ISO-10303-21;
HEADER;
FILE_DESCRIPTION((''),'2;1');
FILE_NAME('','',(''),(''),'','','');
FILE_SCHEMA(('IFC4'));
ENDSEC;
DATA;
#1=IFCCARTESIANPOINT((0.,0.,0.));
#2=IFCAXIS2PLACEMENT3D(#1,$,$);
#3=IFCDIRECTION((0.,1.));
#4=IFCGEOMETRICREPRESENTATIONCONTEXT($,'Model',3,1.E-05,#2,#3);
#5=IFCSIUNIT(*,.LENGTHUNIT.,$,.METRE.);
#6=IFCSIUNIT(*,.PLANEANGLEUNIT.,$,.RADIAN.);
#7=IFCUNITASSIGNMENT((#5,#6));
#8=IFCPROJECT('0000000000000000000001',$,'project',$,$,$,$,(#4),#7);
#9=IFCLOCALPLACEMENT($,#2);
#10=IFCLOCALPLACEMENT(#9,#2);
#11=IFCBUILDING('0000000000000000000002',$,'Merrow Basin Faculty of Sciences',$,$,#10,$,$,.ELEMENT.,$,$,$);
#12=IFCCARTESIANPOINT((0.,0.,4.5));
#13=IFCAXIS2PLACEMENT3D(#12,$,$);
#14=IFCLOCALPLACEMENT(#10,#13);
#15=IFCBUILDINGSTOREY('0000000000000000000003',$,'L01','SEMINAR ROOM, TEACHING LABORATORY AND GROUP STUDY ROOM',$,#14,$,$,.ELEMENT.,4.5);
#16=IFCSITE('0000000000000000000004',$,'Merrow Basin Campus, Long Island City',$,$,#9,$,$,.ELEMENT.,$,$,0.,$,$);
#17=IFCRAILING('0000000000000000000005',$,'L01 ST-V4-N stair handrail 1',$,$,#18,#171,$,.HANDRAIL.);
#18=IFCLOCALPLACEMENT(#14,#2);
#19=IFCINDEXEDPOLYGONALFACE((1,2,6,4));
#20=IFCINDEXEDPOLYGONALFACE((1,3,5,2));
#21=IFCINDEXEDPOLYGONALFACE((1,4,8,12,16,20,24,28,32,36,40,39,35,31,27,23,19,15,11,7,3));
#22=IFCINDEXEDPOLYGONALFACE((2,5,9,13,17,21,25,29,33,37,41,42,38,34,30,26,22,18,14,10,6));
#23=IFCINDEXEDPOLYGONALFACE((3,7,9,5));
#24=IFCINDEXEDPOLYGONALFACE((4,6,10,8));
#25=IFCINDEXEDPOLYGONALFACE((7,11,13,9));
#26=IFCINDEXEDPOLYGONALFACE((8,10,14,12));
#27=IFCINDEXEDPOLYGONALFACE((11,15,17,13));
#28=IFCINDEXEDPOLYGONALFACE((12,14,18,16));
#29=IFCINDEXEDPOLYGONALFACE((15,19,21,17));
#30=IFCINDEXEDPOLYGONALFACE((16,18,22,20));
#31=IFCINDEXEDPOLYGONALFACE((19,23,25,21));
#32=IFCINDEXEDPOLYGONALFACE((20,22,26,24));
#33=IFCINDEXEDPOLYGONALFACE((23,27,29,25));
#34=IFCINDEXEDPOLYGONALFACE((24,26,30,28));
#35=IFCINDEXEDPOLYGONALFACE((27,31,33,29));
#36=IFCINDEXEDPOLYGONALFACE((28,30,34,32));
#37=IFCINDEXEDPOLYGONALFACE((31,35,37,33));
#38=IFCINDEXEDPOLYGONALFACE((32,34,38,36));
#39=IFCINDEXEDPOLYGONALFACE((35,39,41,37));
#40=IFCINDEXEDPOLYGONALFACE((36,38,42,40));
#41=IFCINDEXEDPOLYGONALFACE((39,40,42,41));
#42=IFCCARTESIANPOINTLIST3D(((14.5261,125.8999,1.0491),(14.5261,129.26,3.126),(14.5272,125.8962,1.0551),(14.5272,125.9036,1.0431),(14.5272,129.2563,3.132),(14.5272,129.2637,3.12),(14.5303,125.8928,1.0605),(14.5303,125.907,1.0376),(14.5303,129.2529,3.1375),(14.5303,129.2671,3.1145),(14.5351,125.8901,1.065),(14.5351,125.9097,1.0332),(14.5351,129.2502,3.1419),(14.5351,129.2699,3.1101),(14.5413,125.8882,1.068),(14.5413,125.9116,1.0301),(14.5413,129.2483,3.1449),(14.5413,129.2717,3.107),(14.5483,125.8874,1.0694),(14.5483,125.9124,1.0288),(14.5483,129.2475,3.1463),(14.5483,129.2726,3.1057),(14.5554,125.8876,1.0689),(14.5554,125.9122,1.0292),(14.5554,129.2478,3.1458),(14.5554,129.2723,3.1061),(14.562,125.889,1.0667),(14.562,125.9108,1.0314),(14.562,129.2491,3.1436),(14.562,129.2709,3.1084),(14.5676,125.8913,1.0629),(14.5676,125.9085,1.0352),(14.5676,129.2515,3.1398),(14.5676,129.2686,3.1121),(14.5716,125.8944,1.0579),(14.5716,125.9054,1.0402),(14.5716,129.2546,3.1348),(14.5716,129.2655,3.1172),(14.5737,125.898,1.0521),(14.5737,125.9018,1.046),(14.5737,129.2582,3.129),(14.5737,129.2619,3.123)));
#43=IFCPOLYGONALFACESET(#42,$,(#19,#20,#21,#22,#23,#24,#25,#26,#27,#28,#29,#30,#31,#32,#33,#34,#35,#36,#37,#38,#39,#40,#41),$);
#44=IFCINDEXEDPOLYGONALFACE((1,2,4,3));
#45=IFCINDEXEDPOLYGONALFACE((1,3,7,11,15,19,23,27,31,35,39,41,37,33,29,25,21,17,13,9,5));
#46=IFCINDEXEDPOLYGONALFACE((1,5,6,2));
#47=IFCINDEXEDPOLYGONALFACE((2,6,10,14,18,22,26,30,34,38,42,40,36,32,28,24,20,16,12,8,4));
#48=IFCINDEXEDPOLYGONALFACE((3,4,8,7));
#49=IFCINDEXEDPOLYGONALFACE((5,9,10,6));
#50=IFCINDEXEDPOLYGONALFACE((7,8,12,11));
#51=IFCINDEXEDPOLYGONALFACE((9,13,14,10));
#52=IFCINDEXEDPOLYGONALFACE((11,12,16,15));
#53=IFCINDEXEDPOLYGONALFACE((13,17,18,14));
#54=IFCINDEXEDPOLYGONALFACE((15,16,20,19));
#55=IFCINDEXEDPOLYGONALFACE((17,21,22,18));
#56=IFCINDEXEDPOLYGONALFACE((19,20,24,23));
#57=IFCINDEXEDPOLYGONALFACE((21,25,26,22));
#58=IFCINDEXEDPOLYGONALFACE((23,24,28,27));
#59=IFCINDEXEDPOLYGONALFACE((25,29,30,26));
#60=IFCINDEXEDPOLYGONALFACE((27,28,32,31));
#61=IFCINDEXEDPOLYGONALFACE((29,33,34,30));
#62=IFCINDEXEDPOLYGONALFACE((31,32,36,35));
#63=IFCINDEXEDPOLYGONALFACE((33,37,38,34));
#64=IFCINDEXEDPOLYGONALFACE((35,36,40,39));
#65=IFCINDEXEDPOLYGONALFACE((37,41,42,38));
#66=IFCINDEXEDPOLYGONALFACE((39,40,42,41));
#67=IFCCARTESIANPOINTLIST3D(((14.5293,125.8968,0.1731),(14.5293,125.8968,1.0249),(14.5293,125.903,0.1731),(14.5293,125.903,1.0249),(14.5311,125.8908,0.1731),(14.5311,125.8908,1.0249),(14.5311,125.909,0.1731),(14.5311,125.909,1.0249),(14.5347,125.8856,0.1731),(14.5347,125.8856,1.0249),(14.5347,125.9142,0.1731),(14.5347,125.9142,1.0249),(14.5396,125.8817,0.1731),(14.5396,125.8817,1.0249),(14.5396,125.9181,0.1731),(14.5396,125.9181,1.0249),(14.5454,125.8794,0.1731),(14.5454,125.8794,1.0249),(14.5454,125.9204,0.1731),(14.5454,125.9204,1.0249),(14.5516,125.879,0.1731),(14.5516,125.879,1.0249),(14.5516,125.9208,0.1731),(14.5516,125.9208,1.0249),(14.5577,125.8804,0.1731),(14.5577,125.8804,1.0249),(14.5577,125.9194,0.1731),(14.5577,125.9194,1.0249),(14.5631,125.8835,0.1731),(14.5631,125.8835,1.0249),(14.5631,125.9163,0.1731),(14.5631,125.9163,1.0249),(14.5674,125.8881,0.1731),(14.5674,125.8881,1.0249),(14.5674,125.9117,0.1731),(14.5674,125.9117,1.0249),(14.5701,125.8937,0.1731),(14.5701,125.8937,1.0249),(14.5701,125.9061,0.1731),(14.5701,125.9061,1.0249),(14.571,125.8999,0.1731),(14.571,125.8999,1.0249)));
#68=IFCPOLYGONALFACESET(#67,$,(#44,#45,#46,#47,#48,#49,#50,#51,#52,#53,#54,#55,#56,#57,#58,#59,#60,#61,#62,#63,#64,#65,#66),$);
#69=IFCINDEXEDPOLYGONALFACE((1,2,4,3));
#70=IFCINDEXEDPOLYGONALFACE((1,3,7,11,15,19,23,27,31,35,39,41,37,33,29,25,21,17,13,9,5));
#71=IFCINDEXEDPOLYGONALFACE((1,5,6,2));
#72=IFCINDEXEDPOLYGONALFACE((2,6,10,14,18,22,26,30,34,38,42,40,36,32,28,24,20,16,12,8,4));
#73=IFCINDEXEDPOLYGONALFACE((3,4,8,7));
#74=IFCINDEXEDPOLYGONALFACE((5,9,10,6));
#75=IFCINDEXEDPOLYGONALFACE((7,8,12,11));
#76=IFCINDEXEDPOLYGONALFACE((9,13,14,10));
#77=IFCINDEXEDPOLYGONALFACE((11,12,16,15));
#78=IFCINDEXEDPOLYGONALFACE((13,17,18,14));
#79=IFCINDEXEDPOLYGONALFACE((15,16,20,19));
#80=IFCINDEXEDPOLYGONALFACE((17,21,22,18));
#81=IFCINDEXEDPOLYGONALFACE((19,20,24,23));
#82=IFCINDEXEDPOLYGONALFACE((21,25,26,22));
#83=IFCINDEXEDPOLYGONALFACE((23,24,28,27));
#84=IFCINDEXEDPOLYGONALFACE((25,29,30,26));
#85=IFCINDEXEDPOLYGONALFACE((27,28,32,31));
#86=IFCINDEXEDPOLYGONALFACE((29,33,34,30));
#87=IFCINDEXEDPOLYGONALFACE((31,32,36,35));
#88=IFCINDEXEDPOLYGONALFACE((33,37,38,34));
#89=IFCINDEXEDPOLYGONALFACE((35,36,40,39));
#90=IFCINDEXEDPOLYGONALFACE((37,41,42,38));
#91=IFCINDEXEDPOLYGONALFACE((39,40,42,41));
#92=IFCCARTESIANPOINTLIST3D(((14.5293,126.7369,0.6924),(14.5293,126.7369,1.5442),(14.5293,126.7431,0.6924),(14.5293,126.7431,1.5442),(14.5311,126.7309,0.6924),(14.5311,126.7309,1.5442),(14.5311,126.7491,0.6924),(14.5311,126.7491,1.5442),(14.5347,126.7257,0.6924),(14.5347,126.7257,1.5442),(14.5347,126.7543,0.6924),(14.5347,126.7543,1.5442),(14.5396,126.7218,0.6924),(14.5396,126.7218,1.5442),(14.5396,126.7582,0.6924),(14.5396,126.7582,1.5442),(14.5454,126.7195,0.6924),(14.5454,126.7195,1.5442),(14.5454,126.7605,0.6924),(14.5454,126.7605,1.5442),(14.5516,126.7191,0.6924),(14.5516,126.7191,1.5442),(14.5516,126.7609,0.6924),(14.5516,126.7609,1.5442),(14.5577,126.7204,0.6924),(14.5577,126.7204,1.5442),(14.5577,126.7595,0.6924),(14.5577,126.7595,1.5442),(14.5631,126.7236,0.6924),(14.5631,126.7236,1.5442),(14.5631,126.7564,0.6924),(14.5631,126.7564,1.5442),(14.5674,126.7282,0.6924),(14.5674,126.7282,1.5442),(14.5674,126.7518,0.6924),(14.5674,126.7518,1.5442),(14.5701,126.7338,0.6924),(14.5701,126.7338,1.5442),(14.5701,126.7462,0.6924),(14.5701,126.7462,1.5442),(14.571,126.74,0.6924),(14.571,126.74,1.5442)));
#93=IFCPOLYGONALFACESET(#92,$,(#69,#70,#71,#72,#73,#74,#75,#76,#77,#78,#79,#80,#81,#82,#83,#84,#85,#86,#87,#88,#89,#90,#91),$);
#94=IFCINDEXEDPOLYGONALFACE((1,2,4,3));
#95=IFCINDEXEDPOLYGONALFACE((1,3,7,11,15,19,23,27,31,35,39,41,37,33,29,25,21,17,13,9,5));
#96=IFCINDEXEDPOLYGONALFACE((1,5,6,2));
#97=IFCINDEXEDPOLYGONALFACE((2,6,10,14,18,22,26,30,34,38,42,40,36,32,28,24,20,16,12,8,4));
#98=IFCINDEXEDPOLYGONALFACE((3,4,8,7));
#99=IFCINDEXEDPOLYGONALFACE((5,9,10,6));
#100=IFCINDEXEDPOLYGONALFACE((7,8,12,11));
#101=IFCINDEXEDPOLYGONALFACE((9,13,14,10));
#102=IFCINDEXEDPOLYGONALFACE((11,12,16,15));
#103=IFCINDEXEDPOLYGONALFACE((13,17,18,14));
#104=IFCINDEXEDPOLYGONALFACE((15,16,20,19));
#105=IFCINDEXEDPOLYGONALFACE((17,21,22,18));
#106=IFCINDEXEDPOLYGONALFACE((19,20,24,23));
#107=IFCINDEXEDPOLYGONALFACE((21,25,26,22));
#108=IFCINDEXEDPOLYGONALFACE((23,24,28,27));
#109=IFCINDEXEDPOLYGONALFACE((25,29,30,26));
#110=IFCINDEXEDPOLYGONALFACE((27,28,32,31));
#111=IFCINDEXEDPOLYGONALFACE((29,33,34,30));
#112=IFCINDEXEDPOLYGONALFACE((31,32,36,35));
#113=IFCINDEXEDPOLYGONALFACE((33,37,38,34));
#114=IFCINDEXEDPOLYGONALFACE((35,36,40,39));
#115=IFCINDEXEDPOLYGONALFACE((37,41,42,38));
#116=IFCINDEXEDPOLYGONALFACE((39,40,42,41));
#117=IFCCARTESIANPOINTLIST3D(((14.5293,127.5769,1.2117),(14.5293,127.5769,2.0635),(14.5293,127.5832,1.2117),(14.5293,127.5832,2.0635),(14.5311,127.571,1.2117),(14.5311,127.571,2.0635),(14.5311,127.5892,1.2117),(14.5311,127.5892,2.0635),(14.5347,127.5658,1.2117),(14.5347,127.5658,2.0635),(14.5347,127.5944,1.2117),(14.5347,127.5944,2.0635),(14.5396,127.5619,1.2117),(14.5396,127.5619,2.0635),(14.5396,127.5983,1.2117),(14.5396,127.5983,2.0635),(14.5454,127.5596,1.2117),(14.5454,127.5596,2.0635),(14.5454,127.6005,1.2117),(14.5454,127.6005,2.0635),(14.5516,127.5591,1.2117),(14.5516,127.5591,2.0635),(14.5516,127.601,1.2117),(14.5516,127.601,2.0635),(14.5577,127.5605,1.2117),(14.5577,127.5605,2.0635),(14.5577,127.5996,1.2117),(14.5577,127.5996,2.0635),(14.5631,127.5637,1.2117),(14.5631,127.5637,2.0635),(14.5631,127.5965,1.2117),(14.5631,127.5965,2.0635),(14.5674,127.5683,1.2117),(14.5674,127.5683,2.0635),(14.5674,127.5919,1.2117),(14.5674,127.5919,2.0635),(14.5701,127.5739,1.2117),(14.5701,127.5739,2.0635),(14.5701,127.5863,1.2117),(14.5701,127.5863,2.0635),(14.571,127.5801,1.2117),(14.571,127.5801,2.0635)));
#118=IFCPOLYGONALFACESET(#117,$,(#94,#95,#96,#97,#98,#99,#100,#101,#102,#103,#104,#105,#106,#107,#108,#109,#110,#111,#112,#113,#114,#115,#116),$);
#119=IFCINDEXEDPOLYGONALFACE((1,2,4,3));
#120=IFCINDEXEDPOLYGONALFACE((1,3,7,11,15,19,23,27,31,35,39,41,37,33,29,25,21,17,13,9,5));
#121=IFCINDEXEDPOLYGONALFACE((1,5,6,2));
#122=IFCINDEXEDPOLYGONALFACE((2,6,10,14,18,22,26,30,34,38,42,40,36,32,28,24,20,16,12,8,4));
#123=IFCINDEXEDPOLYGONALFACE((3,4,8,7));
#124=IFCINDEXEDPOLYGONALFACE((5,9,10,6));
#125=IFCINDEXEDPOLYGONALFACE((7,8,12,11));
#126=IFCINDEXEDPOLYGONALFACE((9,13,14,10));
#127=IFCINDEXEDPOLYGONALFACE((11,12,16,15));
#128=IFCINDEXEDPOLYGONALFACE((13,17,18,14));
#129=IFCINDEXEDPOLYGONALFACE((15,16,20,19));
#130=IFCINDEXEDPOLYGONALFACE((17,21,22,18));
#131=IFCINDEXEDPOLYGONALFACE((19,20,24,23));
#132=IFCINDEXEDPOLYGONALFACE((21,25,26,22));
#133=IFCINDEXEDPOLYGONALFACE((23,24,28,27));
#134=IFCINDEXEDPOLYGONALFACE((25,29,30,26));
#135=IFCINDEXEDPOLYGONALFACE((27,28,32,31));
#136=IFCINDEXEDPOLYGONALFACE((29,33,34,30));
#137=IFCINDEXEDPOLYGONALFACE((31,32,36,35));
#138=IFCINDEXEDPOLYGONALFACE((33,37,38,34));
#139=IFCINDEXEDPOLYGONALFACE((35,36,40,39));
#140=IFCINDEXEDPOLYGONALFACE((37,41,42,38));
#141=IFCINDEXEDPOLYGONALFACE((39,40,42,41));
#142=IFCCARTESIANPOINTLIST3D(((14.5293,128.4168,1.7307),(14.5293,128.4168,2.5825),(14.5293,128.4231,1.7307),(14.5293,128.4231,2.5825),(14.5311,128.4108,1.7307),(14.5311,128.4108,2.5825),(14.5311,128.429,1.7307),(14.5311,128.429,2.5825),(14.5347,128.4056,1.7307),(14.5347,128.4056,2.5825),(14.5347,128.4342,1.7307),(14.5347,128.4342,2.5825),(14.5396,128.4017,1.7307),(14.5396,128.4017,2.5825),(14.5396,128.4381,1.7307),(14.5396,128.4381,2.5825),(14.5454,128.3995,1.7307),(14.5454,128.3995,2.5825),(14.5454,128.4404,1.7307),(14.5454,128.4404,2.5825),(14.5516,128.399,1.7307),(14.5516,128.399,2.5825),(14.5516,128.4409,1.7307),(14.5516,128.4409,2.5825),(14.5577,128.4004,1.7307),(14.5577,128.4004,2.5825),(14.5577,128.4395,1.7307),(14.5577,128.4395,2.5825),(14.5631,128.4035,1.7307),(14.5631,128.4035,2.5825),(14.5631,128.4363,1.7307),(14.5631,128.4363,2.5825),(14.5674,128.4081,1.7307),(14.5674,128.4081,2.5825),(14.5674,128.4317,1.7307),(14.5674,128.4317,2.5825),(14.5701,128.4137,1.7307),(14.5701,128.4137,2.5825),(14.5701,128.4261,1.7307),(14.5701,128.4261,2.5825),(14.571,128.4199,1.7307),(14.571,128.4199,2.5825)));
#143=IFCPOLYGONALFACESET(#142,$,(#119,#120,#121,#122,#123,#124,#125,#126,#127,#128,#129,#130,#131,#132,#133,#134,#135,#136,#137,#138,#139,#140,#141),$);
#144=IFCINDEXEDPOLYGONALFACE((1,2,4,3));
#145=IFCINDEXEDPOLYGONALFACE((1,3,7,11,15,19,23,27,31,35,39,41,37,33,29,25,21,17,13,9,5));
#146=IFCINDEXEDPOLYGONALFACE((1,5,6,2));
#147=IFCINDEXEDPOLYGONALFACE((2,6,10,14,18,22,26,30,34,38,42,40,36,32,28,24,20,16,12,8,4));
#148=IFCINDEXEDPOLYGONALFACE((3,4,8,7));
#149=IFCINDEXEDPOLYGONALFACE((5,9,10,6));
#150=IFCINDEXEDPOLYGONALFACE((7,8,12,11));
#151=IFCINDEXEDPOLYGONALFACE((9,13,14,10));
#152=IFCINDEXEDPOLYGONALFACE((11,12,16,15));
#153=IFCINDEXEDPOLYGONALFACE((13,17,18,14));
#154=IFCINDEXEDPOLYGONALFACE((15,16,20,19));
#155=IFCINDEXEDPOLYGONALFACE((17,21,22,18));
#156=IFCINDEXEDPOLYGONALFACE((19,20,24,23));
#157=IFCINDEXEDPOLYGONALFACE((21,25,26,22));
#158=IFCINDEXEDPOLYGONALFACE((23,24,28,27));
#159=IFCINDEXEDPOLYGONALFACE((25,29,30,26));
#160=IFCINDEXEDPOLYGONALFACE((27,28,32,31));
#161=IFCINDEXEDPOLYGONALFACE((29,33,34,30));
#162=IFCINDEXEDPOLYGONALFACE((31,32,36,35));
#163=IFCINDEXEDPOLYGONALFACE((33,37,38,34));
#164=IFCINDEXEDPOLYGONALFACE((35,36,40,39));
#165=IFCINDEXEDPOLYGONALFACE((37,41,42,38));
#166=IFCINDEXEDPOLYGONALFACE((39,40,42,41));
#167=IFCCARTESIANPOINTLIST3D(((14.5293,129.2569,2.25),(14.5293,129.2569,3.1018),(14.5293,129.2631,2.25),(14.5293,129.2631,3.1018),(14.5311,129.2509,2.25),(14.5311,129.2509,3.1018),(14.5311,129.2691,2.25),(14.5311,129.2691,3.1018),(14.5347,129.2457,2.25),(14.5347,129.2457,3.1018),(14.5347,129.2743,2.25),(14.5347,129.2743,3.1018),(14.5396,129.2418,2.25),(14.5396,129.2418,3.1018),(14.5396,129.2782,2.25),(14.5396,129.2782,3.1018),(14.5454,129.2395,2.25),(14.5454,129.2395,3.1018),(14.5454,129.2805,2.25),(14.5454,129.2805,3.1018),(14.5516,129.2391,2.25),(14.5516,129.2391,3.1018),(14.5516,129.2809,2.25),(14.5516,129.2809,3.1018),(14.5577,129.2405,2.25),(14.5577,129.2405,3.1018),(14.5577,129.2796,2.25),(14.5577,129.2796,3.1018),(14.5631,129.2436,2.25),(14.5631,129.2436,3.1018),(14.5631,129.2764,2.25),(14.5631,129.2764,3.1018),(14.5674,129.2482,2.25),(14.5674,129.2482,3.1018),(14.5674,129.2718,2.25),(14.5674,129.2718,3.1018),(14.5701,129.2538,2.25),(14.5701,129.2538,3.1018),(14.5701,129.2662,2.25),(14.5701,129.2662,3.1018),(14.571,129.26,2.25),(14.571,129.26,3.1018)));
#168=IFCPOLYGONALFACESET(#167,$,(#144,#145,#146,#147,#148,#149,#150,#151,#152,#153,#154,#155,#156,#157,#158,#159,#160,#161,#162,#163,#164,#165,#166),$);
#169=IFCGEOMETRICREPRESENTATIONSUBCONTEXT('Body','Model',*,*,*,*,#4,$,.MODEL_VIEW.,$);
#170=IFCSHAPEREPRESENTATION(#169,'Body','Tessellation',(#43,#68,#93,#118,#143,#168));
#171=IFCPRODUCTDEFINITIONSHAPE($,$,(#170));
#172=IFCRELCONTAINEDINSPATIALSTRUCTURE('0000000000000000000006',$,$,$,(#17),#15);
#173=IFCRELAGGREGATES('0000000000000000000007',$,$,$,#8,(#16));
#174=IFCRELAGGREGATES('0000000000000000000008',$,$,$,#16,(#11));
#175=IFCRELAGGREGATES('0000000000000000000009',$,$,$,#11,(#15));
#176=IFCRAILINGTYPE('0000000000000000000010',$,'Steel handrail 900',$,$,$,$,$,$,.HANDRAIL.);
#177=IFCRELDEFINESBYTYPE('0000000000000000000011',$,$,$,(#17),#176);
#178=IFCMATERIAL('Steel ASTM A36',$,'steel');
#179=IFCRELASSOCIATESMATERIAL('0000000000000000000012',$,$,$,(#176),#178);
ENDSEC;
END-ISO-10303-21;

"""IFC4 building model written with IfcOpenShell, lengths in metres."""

from ifc_helpers import new_model, si_unit, direction, frame, origin, origin_2d, place, context, subcontext, project, spatial, circle, extrude, material, type_object, element, save


model = new_model("IFC4")

# Units and contexts
model_context = context("Model", 3, precision=1e-05, world=origin(), true_north=direction((0.0, 1.0)))
body_context = subcontext(model_context, "Body", "Model", "MODEL_VIEW")
ifc_project = project(units=[si_unit("LENGTHUNIT", "METRE"), si_unit("PLANEANGLEUNIT", "RADIAN")], contexts=[model_context])

# Site, building, storey
site_placement = place(None, origin())
site = spatial("IfcSite", under=ifc_project, at=site_placement, Name="Merrow Basin Campus, Long Island City", CompositionType="ELEMENT", RefElevation=0.0)
building_placement = place(site_placement, origin())
building = spatial("IfcBuilding", under=site, at=building_placement, Name="Merrow Basin Faculty of Sciences", CompositionType="ELEMENT")
storey_placement = place(building_placement, frame((0.0, 0.0, 4.5)))
storey = spatial("IfcBuildingStorey", under=building, at=storey_placement, Name="L01", Description="SEMINAR ROOM, TEACHING LABORATORY AND GROUP STUDY ROOM", CompositionType="ELEMENT", Elevation=4.5)

# Railing
ifc_material_1 = material(Name="Steel ASTM A36", Category="steel")
railing_type_1 = type_object("IfcRailingType", Name="Steel handrail 900", PredefinedType="HANDRAIL", material=ifc_material_1)
railing_1_placement = place(storey_placement, frame((14.55, 125.8999, 0.1731)))
element("IfcRailing", 1, at=railing_1_placement, inside=storey, type_object=railing_type_1, Name="L01 ST-V4-N stair handrail 1", PredefinedType="HANDRAIL", context=body_context, shape_type="SweptSolid", body=[
    extrude(circle(Radius=0.0239, at=origin_2d()), frame((0.0, 0.0, 0.876), z_axis=(0.0, 0.850623, 0.525776), x_axis=(-1.0, 0.0, 0.0)), (0.0, 0.0, 1.0), 3.9502),
    extrude(circle(Radius=0.021, at=origin_2d()), origin(), (0.0, 0.0, 1.0), 0.8518),
    extrude(circle(Radius=0.021, at=origin_2d()), frame((0.0, 0.8401, 0.5193)), (0.0, 0.0, 1.0), 0.8518),
    extrude(circle(Radius=0.021, at=origin_2d()), frame((0.0, 1.6802, 1.0386)), (0.0, 0.0, 1.0), 0.8518),
    extrude(circle(Radius=0.021, at=origin_2d()), frame((0.0, 2.52, 1.5576)), (0.0, 0.0, 1.0), 0.8518),
    extrude(circle(Radius=0.021, at=origin_2d()), frame((0.0, 3.3601, 2.0769)), (0.0, 0.0, 1.0), 0.8518),
])

save(model, "model.ifc")
